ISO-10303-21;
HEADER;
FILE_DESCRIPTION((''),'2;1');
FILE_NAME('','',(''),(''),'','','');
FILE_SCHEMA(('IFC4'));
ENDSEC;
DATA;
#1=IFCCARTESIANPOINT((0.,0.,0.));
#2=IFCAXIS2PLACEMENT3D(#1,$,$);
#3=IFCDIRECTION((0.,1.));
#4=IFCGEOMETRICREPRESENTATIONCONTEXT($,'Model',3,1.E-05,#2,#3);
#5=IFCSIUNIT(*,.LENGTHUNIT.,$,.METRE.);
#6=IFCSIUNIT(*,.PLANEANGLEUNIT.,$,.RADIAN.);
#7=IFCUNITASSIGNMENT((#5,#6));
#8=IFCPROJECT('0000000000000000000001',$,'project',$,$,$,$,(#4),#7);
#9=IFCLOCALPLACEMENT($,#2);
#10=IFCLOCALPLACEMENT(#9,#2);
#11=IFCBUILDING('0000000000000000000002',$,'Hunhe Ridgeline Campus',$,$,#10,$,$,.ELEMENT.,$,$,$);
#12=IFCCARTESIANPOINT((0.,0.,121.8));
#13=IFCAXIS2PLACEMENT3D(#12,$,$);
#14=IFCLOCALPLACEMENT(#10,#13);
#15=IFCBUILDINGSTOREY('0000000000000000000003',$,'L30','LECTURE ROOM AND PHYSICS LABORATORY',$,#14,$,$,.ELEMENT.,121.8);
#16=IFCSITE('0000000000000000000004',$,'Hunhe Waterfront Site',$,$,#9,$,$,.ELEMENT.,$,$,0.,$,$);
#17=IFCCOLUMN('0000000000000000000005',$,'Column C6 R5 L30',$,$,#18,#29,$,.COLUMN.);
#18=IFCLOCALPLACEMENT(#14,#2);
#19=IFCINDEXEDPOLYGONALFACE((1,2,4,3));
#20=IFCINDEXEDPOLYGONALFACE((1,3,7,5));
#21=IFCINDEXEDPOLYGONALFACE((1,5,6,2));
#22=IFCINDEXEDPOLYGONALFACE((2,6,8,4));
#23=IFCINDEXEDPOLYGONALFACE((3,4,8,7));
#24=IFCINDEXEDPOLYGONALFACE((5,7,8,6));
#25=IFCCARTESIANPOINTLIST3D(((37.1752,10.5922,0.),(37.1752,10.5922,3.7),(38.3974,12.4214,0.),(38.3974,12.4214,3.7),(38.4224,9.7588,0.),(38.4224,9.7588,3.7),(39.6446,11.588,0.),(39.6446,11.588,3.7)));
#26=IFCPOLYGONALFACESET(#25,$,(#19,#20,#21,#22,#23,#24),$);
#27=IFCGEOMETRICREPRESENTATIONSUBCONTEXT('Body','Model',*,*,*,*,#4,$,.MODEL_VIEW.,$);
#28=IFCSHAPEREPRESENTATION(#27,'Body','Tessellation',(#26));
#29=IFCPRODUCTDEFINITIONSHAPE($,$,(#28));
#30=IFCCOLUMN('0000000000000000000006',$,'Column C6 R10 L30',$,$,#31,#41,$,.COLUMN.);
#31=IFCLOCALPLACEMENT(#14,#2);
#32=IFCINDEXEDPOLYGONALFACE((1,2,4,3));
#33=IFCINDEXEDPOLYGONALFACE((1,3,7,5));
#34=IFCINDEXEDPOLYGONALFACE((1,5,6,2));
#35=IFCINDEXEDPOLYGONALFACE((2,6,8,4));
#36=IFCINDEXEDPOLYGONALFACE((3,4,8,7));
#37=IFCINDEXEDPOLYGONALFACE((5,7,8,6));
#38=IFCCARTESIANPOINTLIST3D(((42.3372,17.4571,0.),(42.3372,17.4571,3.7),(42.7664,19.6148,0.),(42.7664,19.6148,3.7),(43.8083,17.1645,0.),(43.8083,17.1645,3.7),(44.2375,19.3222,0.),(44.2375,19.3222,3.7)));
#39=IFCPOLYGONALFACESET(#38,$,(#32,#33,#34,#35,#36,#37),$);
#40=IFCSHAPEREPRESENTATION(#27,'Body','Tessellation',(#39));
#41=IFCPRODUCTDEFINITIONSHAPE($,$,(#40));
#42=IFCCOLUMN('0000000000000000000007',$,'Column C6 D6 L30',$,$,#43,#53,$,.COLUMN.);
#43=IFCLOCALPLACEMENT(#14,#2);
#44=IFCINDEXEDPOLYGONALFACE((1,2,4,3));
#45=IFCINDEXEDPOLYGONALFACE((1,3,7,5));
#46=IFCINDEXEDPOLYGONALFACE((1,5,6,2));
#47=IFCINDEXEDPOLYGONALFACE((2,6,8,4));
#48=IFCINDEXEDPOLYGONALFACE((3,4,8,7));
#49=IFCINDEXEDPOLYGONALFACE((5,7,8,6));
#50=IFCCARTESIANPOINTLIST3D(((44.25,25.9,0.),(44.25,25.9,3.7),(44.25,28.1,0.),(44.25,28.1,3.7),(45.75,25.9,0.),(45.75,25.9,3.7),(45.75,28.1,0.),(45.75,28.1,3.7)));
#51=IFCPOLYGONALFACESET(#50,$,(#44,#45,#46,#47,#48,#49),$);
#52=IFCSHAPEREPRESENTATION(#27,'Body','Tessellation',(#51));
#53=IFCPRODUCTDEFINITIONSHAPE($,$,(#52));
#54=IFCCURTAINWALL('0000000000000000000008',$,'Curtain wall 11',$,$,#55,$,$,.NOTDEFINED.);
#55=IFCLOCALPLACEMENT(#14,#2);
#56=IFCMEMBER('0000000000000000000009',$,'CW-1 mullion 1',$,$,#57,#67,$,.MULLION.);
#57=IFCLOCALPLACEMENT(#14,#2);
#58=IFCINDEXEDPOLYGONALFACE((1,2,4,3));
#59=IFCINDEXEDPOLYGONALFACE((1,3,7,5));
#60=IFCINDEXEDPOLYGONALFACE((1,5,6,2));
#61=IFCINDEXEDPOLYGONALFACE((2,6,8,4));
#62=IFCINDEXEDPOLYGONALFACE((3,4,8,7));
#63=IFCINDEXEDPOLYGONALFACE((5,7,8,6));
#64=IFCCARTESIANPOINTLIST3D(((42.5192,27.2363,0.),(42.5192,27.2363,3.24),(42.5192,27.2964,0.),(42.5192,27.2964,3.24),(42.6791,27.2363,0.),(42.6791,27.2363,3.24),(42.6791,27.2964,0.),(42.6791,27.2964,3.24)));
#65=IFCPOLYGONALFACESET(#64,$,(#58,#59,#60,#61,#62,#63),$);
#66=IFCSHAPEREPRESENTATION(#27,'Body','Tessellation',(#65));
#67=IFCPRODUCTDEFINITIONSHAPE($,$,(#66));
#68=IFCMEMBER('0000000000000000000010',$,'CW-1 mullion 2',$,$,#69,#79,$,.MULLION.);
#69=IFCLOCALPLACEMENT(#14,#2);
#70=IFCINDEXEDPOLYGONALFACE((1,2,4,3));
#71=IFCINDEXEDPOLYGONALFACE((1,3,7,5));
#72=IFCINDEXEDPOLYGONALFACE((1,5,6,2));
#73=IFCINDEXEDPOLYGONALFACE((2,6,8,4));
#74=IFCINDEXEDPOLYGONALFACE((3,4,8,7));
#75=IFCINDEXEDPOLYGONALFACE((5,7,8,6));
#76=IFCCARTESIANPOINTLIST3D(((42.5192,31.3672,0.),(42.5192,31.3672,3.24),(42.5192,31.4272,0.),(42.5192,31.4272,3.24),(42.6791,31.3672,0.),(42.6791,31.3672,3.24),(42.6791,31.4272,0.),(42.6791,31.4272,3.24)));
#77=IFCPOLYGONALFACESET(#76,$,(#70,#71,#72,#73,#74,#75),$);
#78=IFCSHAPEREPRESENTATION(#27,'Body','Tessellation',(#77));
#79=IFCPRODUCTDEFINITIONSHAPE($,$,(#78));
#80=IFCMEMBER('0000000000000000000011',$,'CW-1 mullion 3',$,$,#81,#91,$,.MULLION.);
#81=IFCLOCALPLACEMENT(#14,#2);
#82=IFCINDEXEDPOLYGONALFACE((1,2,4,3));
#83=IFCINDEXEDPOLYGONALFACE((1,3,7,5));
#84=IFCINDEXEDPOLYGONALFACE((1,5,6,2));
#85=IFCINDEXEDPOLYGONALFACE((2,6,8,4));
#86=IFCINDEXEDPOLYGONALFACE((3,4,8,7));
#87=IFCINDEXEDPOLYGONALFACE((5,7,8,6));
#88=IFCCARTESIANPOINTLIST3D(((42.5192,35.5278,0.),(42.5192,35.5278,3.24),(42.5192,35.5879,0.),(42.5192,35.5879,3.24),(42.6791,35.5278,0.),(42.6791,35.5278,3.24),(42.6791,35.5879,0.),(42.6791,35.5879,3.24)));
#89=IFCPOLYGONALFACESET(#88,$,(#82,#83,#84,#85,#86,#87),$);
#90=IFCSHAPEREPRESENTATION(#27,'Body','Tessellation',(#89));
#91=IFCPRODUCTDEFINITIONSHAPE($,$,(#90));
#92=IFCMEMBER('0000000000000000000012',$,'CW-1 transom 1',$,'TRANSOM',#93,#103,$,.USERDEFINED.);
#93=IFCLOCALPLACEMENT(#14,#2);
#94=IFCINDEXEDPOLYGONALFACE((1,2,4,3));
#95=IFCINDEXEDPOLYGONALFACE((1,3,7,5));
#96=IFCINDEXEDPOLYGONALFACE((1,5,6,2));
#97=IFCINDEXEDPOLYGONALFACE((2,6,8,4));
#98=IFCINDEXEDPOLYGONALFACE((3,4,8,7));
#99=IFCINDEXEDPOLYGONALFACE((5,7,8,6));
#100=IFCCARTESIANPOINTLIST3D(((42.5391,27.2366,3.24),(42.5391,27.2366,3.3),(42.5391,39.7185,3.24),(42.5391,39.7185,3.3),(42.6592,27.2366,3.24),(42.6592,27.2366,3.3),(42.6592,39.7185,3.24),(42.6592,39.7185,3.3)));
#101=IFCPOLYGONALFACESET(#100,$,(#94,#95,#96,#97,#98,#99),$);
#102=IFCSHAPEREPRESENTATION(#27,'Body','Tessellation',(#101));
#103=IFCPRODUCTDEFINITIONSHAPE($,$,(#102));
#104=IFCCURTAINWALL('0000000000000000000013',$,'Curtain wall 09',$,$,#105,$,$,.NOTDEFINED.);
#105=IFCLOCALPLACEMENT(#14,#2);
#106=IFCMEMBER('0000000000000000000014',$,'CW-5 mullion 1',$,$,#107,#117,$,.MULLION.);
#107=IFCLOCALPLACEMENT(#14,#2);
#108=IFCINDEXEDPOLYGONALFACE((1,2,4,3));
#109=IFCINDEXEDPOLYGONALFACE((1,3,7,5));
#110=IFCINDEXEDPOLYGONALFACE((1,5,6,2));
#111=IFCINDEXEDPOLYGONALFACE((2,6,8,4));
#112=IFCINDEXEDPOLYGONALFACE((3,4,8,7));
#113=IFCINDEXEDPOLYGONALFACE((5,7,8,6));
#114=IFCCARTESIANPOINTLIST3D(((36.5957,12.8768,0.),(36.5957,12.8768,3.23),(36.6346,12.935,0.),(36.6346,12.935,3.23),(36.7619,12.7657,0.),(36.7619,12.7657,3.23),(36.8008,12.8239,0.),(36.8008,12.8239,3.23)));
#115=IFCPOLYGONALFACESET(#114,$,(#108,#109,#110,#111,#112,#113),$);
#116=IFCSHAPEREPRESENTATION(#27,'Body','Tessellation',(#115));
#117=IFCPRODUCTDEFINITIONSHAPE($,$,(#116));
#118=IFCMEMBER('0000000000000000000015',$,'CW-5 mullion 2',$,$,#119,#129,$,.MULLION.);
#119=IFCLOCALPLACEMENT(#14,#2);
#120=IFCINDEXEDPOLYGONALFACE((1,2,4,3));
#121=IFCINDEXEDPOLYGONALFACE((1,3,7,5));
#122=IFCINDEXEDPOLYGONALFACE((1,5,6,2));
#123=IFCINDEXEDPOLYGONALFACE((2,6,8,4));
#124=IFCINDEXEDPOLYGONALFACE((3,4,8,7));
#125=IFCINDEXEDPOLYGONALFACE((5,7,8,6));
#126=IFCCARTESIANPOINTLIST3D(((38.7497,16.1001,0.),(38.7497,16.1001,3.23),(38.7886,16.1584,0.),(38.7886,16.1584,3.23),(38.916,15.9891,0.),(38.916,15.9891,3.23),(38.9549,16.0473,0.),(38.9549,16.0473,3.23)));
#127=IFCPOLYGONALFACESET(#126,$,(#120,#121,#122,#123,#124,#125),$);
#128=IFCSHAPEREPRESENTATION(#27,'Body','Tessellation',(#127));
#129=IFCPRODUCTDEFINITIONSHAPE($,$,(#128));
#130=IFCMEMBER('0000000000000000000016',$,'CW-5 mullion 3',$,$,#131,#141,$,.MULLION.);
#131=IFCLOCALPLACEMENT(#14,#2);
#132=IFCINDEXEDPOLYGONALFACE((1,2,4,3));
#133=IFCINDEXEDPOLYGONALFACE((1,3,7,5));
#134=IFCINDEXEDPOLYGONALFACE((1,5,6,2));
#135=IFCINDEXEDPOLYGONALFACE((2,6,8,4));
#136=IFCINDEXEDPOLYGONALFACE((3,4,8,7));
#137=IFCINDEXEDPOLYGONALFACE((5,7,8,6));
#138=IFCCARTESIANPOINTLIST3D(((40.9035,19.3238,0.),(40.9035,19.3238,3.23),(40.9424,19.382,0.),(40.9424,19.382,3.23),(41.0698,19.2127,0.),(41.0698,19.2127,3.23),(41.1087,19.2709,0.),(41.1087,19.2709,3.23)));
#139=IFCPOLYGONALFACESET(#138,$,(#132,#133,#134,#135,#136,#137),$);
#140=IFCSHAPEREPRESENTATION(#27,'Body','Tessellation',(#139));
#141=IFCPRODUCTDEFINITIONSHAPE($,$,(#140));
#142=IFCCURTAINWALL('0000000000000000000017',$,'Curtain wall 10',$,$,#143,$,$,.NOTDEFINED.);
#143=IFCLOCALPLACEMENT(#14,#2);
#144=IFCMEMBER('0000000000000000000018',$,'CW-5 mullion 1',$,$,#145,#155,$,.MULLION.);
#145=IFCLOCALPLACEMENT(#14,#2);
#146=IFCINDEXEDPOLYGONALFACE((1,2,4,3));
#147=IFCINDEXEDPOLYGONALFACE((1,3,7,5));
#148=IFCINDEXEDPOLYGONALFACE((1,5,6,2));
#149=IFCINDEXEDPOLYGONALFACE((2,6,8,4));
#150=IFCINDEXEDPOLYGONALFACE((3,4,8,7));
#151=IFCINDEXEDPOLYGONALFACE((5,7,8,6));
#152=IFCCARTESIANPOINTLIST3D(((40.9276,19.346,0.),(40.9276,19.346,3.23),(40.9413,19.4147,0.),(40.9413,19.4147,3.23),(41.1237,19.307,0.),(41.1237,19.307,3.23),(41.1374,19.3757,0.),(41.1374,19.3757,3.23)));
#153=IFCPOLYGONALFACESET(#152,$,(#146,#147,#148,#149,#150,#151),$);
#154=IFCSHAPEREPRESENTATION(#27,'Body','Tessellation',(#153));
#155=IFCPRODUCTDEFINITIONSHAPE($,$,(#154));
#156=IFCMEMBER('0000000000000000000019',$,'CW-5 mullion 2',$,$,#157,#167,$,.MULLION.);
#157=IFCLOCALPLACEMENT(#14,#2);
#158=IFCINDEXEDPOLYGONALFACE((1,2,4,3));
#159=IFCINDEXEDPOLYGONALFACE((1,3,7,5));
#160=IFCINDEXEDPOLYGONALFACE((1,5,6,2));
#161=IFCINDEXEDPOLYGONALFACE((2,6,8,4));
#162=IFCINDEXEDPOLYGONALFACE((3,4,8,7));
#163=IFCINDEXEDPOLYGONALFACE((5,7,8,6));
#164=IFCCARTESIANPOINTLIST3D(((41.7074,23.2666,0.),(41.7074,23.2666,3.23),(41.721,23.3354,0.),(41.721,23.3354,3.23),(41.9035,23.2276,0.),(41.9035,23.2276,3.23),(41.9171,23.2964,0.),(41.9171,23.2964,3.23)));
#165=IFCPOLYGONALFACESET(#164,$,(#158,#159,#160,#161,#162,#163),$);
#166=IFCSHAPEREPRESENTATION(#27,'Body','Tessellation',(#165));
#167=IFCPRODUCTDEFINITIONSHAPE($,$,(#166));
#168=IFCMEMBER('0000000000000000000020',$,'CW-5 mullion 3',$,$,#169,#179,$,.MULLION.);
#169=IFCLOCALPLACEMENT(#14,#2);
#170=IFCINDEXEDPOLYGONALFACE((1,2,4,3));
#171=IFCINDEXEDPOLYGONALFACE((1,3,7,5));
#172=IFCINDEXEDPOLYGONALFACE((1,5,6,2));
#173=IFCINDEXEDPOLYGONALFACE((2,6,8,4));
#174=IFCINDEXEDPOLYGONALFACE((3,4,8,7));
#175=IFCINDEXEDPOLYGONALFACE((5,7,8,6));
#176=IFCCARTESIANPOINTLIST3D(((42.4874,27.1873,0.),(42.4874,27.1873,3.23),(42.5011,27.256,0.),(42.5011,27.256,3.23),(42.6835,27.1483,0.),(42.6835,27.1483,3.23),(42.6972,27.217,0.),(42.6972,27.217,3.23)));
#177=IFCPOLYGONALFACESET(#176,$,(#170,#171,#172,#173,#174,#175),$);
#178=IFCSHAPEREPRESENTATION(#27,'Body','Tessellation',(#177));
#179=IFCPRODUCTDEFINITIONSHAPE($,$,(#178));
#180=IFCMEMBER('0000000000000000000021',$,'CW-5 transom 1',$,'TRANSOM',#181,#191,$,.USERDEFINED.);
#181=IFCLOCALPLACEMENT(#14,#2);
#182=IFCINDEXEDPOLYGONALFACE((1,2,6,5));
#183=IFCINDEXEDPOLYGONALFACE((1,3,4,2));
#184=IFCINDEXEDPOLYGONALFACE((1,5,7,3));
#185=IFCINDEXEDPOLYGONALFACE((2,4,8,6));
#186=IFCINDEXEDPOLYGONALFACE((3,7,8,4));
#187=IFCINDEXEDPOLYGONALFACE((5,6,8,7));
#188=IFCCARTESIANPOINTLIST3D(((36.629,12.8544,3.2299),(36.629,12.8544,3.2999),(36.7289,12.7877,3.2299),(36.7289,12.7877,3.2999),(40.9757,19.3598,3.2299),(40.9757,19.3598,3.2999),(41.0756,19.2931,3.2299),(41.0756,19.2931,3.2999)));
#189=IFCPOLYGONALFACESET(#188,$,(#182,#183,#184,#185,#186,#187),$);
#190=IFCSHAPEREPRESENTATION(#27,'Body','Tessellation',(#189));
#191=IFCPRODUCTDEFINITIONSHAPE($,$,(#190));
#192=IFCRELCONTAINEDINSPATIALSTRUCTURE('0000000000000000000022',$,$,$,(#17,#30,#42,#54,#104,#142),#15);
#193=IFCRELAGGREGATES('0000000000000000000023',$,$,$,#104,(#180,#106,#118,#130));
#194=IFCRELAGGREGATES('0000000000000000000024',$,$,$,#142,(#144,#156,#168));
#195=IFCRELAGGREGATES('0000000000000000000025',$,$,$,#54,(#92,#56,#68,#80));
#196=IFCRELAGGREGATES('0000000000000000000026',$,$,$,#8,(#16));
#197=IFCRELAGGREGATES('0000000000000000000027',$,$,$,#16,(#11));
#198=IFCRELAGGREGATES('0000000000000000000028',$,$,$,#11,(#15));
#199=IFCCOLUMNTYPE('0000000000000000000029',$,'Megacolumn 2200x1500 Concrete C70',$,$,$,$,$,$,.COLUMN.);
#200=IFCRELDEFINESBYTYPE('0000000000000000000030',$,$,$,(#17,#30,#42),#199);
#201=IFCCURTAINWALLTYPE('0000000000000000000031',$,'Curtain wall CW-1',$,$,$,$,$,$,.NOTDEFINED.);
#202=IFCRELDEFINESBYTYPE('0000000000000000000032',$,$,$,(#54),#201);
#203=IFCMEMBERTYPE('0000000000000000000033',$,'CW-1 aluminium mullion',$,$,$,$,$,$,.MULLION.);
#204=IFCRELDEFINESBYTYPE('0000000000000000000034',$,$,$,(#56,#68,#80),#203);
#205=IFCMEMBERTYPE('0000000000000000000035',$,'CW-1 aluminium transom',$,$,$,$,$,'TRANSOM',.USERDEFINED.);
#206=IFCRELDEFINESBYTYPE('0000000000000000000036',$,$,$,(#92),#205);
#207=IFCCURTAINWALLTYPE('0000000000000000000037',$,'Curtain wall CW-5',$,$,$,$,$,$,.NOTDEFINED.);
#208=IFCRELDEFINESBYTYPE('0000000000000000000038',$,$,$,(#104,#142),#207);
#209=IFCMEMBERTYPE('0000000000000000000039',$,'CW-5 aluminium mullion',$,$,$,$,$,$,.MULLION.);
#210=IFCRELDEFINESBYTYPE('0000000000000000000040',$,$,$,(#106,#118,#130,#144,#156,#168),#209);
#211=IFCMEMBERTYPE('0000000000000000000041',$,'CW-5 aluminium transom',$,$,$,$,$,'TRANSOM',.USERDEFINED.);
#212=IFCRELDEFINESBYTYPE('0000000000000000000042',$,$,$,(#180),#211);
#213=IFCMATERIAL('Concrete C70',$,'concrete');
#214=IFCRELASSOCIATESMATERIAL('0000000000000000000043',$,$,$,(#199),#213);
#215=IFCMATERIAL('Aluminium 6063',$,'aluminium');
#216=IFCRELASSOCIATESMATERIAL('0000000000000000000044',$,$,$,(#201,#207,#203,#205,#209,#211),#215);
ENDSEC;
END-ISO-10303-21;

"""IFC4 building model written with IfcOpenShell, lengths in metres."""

from ifc_helpers import new_model, si_unit, direction, frame, origin, origin_2d, place, context, subcontext, project, spatial, rectangle, extrude, material, material_profile, profile_set, type_object, element, aggregate, save


model = new_model("IFC4")

# Units and contexts
model_context = context("Model", 3, precision=1e-05, world=origin(), true_north=direction((0.0, 1.0)))
body_context = subcontext(model_context, "Body", "Model", "MODEL_VIEW")
ifc_project = project(units=[si_unit("LENGTHUNIT", "METRE"), si_unit("PLANEANGLEUNIT", "RADIAN")], contexts=[model_context])

# Site, building, storey
site_placement = place(None, origin())
site = spatial("IfcSite", under=ifc_project, at=site_placement, Name="Hunhe Waterfront Site", CompositionType="ELEMENT", RefElevation=0.0)
building_placement = place(site_placement, origin())
building = spatial("IfcBuilding", under=site, at=building_placement, Name="Hunhe Ridgeline Campus", CompositionType="ELEMENT")
storey_placement = place(building_placement, frame((0.0, 0.0, 121.8)))
storey = spatial("IfcBuildingStorey", under=building, at=storey_placement, Name="L30", Description="LECTURE ROOM AND PHYSICS LABORATORY", CompositionType="ELEMENT", Elevation=121.8)

# Columns
ifc_material_1 = material(Name="Concrete C70", Category="concrete")
ifc_material_profile_1 = material_profile(ifc_material_1, rectangle(XDim=2.2, YDim=1.5, at=origin_2d()))
ifc_profile_set_1 = profile_set([ifc_material_profile_1], Name="Concrete C70")
column_type = type_object("IfcColumnType", Name="Megacolumn 2200x1500 Concrete C70", PredefinedType="COLUMN", material=ifc_profile_set_1)
for number, where, z_axis, x_axis, name in (
    (1, (38.4099, 11.0901, 0.0), (0.0, 0.0, 1.0), (0.55557, 0.83147, 0.0), "Column C6 R5 L30"),
    (2, (43.2874, 18.3896, 0.0), (0.0, 0.0, 1.0), (0.19509, 0.980785, 0.0), "Column C6 R10 L30"),
    (3, (45.0, 27.0, 0.0), (0.0, 0.0, 1.0), (0.0, 1.0, 0.0), "Column C6 D6 L30"),
):
    element("IfcColumn", number, at=place(storey_placement, frame(where, z_axis=z_axis, x_axis=x_axis)), inside=storey, type_object=column_type, Name=name, PredefinedType="COLUMN", context=body_context, shape_type="SweptSolid", body=[
        extrude(rectangle(XDim=2.2, YDim=1.5, at=origin_2d()), origin(), (0.0, 0.0, 1.0), 3.7),
    ])

# Curtain walls, members
ifc_material_2 = material(Name="Aluminium 6063", Category="aluminium")
curtain_wall_type_1 = type_object("IfcCurtainWallType", Name="Curtain wall CW-1", PredefinedType="NOTDEFINED", material=ifc_material_2)
curtain_wall_1_placement = place(storey_placement, origin())
curtain_wall_1 = element("IfcCurtainWall", 4, at=curtain_wall_1_placement, inside=storey, type_object=curtain_wall_type_1, Name="Curtain wall 11", PredefinedType="NOTDEFINED")
ifc_material_profile_2 = material_profile(ifc_material_2, rectangle(XDim=0.1599, YDim=0.0601, at=origin_2d()))
ifc_profile_set_2 = profile_set([ifc_material_profile_2], Name="Aluminium 6063")
member_type_1 = type_object("IfcMemberType", Name="CW-1 aluminium mullion", PredefinedType="MULLION", material=ifc_profile_set_2)
member_1_placement = place(storey_placement, frame((42.5991, 27.2664, 0.0), z_axis=(0.0, 0.0, 1.0), x_axis=(-1.0, 0.000011, 0.0)))
member_1 = element("IfcMember", 5, at=member_1_placement, type_object=member_type_1, Name="CW-1 mullion 1", PredefinedType="MULLION", context=body_context, shape_type="SweptSolid", body=[
    extrude(rectangle(XDim=0.1599, YDim=0.0601, at=origin_2d()), origin(), (0.0, 0.0, 1.0), 3.24),
])
member_2_placement = place(storey_placement, frame((42.5991, 31.3972, 0.0), z_axis=(0.0, 0.0, 1.0), x_axis=(-1.0, 0.000011, 0.0)))
member_2 = element("IfcMember", 6, at=member_2_placement, type_object=member_type_1, Name="CW-1 mullion 2", PredefinedType="MULLION", context=body_context, shape_type="SweptSolid", body=[
    extrude(rectangle(XDim=0.1599, YDim=0.0601, at=origin_2d()), origin(), (0.0, 0.0, 1.0), 3.24),
])
member_3_placement = place(storey_placement, frame((42.5991, 35.5579, 0.0), z_axis=(0.0, 0.0, 1.0), x_axis=(-1.0, 0.000011, 0.0)))
member_3 = element("IfcMember", 7, at=member_3_placement, type_object=member_type_1, Name="CW-1 mullion 3", PredefinedType="MULLION", context=body_context, shape_type="SweptSolid", body=[
    extrude(rectangle(XDim=0.1599, YDim=0.0601, at=origin_2d()), origin(), (0.0, 0.0, 1.0), 3.24),
])
ifc_material_profile_3 = material_profile(ifc_material_2, rectangle(XDim=0.1201, YDim=0.0601, at=origin_2d()))
ifc_profile_set_3 = profile_set([ifc_material_profile_3], Name="Aluminium 6063")
member_type_2 = type_object("IfcMemberType", Name="CW-1 aluminium transom", ElementType="TRANSOM", PredefinedType="USERDEFINED", material=ifc_profile_set_3)
member_4_placement = place(storey_placement, frame((42.5991, 27.2366, 3.27), z_axis=(0.0, 1.0, 0.0), x_axis=(-1.0, 0.0, 0.0)))
member_4 = element("IfcMember", 8, at=member_4_placement, type_object=member_type_2, Name="CW-1 transom 1", ObjectType="TRANSOM", PredefinedType="USERDEFINED", context=body_context, shape_type="SweptSolid", body=[
    extrude(rectangle(XDim=0.1201, YDim=0.0601, at=origin_2d()), origin(), (0.0, 0.0, 1.0), 12.4819),
])
curtain_wall_type_2 = type_object("IfcCurtainWallType", Name="Curtain wall CW-5", PredefinedType="NOTDEFINED", material=ifc_material_2)
curtain_wall_2_placement = place(storey_placement, origin())
curtain_wall_2 = element("IfcCurtainWall", 9, at=curtain_wall_2_placement, inside=storey, type_object=curtain_wall_type_2, Name="Curtain wall 09", PredefinedType="NOTDEFINED")
ifc_material_profile_4 = material_profile(ifc_material_2, rectangle(XDim=0.2, YDim=0.0701, at=origin_2d()))
ifc_profile_set_4 = profile_set([ifc_material_profile_4], Name="Aluminium 6063")
member_type_3 = type_object("IfcMemberType", Name="CW-5 aluminium mullion", PredefinedType="MULLION", material=ifc_profile_set_4)
member_5_placement = place(storey_placement, frame((36.6982, 12.8503, 0.0), z_axis=(0.0, 0.0, 1.0), x_axis=(-0.83147, 0.55557, 0.0)))
member_5 = element("IfcMember", 10, at=member_5_placement, type_object=member_type_3, Name="CW-5 mullion 1", PredefinedType="MULLION", context=body_context, shape_type="SweptSolid", body=[
    extrude(rectangle(XDim=0.2, YDim=0.0701, at=origin_2d()), origin(), (0.0, 0.0, 1.0), 3.23),
])
member_6_placement = place(storey_placement, frame((38.8523, 16.0737, 0.0), z_axis=(0.0, 0.0, 1.0), x_axis=(-0.83147, 0.55557, 0.0)))
member_6 = element("IfcMember", 11, at=member_6_placement, type_object=member_type_3, Name="CW-5 mullion 2", PredefinedType="MULLION", context=body_context, shape_type="SweptSolid", body=[
    extrude(rectangle(XDim=0.2, YDim=0.0701, at=origin_2d()), origin(), (0.0, 0.0, 1.0), 3.23),
])
member_7_placement = place(storey_placement, frame((41.0061, 19.2974, 0.0), z_axis=(0.0, 0.0, 1.0), x_axis=(-0.83147, 0.55557, 0.0)))
member_7 = element("IfcMember", 12, at=member_7_placement, type_object=member_type_3, Name="CW-5 mullion 3", PredefinedType="MULLION", context=body_context, shape_type="SweptSolid", body=[
    extrude(rectangle(XDim=0.2, YDim=0.0701, at=origin_2d()), origin(), (0.0, 0.0, 1.0), 3.23),
])
curtain_wall_3_placement = place(storey_placement, origin())
curtain_wall_3 = element("IfcCurtainWall", 13, at=curtain_wall_3_placement, inside=storey, type_object=curtain_wall_type_2, Name="Curtain wall 10", PredefinedType="NOTDEFINED")
member_8_placement = place(storey_placement, frame((41.0325, 19.3608, 0.0), z_axis=(0.0, 0.0, 1.0), x_axis=(-0.980785, 0.19509, 0.0)))
member_8 = element("IfcMember", 14, at=member_8_placement, type_object=member_type_3, Name="CW-5 mullion 1", PredefinedType="MULLION", context=body_context, shape_type="SweptSolid", body=[
    extrude(rectangle(XDim=0.2, YDim=0.0701, at=origin_2d()), origin(), (0.0, 0.0, 1.0), 3.23),
])
member_9_placement = place(storey_placement, frame((41.8123, 23.2815, 0.0), z_axis=(0.0, 0.0, 1.0), x_axis=(-0.980785, 0.19509, 0.0)))
member_9 = element("IfcMember", 15, at=member_9_placement, type_object=member_type_3, Name="CW-5 mullion 2", PredefinedType="MULLION", context=body_context, shape_type="SweptSolid", body=[
    extrude(rectangle(XDim=0.2, YDim=0.0701, at=origin_2d()), origin(), (0.0, 0.0, 1.0), 3.23),
])
member_10_placement = place(storey_placement, frame((42.5923, 27.2021, 0.0), z_axis=(0.0, 0.0, 1.0), x_axis=(-0.980785, 0.19509, 0.0)))
member_10 = element("IfcMember", 16, at=member_10_placement, type_object=member_type_3, Name="CW-5 mullion 3", PredefinedType="MULLION", context=body_context, shape_type="SweptSolid", body=[
    extrude(rectangle(XDim=0.2, YDim=0.0701, at=origin_2d()), origin(), (0.0, 0.0, 1.0), 3.23),
])

# Member
ifc_material_profile_5 = material_profile(ifc_material_2, rectangle(XDim=0.1201, YDim=0.0701, at=origin_2d()))
ifc_profile_set_5 = profile_set([ifc_material_profile_5], Name="Aluminium 6063")
member_type_4 = type_object("IfcMemberType", Name="CW-5 aluminium transom", ElementType="TRANSOM", PredefinedType="USERDEFINED", material=ifc_profile_set_5)
member_11_placement = place(storey_placement, frame((36.679, 12.821, 3.2649), z_axis=(0.555564, 0.831474, 0.0), x_axis=(-0.831474, 0.555564, 0.0)))
member_11 = element("IfcMember", 17, at=member_11_placement, type_object=member_type_4, Name="CW-5 transom 1", ObjectType="TRANSOM", PredefinedType="USERDEFINED", context=body_context, shape_type="SweptSolid", body=[
    extrude(rectangle(XDim=0.1201, YDim=0.0701, at=origin_2d()), origin(), (0.0, 0.0, 1.0), 7.824),
])

aggregate(curtain_wall_2, [member_11, member_5, member_6, member_7])
aggregate(curtain_wall_3, [member_8, member_9, member_10])
aggregate(curtain_wall_1, [member_4, member_1, member_2, member_3])

save(model, "model.ifc")
